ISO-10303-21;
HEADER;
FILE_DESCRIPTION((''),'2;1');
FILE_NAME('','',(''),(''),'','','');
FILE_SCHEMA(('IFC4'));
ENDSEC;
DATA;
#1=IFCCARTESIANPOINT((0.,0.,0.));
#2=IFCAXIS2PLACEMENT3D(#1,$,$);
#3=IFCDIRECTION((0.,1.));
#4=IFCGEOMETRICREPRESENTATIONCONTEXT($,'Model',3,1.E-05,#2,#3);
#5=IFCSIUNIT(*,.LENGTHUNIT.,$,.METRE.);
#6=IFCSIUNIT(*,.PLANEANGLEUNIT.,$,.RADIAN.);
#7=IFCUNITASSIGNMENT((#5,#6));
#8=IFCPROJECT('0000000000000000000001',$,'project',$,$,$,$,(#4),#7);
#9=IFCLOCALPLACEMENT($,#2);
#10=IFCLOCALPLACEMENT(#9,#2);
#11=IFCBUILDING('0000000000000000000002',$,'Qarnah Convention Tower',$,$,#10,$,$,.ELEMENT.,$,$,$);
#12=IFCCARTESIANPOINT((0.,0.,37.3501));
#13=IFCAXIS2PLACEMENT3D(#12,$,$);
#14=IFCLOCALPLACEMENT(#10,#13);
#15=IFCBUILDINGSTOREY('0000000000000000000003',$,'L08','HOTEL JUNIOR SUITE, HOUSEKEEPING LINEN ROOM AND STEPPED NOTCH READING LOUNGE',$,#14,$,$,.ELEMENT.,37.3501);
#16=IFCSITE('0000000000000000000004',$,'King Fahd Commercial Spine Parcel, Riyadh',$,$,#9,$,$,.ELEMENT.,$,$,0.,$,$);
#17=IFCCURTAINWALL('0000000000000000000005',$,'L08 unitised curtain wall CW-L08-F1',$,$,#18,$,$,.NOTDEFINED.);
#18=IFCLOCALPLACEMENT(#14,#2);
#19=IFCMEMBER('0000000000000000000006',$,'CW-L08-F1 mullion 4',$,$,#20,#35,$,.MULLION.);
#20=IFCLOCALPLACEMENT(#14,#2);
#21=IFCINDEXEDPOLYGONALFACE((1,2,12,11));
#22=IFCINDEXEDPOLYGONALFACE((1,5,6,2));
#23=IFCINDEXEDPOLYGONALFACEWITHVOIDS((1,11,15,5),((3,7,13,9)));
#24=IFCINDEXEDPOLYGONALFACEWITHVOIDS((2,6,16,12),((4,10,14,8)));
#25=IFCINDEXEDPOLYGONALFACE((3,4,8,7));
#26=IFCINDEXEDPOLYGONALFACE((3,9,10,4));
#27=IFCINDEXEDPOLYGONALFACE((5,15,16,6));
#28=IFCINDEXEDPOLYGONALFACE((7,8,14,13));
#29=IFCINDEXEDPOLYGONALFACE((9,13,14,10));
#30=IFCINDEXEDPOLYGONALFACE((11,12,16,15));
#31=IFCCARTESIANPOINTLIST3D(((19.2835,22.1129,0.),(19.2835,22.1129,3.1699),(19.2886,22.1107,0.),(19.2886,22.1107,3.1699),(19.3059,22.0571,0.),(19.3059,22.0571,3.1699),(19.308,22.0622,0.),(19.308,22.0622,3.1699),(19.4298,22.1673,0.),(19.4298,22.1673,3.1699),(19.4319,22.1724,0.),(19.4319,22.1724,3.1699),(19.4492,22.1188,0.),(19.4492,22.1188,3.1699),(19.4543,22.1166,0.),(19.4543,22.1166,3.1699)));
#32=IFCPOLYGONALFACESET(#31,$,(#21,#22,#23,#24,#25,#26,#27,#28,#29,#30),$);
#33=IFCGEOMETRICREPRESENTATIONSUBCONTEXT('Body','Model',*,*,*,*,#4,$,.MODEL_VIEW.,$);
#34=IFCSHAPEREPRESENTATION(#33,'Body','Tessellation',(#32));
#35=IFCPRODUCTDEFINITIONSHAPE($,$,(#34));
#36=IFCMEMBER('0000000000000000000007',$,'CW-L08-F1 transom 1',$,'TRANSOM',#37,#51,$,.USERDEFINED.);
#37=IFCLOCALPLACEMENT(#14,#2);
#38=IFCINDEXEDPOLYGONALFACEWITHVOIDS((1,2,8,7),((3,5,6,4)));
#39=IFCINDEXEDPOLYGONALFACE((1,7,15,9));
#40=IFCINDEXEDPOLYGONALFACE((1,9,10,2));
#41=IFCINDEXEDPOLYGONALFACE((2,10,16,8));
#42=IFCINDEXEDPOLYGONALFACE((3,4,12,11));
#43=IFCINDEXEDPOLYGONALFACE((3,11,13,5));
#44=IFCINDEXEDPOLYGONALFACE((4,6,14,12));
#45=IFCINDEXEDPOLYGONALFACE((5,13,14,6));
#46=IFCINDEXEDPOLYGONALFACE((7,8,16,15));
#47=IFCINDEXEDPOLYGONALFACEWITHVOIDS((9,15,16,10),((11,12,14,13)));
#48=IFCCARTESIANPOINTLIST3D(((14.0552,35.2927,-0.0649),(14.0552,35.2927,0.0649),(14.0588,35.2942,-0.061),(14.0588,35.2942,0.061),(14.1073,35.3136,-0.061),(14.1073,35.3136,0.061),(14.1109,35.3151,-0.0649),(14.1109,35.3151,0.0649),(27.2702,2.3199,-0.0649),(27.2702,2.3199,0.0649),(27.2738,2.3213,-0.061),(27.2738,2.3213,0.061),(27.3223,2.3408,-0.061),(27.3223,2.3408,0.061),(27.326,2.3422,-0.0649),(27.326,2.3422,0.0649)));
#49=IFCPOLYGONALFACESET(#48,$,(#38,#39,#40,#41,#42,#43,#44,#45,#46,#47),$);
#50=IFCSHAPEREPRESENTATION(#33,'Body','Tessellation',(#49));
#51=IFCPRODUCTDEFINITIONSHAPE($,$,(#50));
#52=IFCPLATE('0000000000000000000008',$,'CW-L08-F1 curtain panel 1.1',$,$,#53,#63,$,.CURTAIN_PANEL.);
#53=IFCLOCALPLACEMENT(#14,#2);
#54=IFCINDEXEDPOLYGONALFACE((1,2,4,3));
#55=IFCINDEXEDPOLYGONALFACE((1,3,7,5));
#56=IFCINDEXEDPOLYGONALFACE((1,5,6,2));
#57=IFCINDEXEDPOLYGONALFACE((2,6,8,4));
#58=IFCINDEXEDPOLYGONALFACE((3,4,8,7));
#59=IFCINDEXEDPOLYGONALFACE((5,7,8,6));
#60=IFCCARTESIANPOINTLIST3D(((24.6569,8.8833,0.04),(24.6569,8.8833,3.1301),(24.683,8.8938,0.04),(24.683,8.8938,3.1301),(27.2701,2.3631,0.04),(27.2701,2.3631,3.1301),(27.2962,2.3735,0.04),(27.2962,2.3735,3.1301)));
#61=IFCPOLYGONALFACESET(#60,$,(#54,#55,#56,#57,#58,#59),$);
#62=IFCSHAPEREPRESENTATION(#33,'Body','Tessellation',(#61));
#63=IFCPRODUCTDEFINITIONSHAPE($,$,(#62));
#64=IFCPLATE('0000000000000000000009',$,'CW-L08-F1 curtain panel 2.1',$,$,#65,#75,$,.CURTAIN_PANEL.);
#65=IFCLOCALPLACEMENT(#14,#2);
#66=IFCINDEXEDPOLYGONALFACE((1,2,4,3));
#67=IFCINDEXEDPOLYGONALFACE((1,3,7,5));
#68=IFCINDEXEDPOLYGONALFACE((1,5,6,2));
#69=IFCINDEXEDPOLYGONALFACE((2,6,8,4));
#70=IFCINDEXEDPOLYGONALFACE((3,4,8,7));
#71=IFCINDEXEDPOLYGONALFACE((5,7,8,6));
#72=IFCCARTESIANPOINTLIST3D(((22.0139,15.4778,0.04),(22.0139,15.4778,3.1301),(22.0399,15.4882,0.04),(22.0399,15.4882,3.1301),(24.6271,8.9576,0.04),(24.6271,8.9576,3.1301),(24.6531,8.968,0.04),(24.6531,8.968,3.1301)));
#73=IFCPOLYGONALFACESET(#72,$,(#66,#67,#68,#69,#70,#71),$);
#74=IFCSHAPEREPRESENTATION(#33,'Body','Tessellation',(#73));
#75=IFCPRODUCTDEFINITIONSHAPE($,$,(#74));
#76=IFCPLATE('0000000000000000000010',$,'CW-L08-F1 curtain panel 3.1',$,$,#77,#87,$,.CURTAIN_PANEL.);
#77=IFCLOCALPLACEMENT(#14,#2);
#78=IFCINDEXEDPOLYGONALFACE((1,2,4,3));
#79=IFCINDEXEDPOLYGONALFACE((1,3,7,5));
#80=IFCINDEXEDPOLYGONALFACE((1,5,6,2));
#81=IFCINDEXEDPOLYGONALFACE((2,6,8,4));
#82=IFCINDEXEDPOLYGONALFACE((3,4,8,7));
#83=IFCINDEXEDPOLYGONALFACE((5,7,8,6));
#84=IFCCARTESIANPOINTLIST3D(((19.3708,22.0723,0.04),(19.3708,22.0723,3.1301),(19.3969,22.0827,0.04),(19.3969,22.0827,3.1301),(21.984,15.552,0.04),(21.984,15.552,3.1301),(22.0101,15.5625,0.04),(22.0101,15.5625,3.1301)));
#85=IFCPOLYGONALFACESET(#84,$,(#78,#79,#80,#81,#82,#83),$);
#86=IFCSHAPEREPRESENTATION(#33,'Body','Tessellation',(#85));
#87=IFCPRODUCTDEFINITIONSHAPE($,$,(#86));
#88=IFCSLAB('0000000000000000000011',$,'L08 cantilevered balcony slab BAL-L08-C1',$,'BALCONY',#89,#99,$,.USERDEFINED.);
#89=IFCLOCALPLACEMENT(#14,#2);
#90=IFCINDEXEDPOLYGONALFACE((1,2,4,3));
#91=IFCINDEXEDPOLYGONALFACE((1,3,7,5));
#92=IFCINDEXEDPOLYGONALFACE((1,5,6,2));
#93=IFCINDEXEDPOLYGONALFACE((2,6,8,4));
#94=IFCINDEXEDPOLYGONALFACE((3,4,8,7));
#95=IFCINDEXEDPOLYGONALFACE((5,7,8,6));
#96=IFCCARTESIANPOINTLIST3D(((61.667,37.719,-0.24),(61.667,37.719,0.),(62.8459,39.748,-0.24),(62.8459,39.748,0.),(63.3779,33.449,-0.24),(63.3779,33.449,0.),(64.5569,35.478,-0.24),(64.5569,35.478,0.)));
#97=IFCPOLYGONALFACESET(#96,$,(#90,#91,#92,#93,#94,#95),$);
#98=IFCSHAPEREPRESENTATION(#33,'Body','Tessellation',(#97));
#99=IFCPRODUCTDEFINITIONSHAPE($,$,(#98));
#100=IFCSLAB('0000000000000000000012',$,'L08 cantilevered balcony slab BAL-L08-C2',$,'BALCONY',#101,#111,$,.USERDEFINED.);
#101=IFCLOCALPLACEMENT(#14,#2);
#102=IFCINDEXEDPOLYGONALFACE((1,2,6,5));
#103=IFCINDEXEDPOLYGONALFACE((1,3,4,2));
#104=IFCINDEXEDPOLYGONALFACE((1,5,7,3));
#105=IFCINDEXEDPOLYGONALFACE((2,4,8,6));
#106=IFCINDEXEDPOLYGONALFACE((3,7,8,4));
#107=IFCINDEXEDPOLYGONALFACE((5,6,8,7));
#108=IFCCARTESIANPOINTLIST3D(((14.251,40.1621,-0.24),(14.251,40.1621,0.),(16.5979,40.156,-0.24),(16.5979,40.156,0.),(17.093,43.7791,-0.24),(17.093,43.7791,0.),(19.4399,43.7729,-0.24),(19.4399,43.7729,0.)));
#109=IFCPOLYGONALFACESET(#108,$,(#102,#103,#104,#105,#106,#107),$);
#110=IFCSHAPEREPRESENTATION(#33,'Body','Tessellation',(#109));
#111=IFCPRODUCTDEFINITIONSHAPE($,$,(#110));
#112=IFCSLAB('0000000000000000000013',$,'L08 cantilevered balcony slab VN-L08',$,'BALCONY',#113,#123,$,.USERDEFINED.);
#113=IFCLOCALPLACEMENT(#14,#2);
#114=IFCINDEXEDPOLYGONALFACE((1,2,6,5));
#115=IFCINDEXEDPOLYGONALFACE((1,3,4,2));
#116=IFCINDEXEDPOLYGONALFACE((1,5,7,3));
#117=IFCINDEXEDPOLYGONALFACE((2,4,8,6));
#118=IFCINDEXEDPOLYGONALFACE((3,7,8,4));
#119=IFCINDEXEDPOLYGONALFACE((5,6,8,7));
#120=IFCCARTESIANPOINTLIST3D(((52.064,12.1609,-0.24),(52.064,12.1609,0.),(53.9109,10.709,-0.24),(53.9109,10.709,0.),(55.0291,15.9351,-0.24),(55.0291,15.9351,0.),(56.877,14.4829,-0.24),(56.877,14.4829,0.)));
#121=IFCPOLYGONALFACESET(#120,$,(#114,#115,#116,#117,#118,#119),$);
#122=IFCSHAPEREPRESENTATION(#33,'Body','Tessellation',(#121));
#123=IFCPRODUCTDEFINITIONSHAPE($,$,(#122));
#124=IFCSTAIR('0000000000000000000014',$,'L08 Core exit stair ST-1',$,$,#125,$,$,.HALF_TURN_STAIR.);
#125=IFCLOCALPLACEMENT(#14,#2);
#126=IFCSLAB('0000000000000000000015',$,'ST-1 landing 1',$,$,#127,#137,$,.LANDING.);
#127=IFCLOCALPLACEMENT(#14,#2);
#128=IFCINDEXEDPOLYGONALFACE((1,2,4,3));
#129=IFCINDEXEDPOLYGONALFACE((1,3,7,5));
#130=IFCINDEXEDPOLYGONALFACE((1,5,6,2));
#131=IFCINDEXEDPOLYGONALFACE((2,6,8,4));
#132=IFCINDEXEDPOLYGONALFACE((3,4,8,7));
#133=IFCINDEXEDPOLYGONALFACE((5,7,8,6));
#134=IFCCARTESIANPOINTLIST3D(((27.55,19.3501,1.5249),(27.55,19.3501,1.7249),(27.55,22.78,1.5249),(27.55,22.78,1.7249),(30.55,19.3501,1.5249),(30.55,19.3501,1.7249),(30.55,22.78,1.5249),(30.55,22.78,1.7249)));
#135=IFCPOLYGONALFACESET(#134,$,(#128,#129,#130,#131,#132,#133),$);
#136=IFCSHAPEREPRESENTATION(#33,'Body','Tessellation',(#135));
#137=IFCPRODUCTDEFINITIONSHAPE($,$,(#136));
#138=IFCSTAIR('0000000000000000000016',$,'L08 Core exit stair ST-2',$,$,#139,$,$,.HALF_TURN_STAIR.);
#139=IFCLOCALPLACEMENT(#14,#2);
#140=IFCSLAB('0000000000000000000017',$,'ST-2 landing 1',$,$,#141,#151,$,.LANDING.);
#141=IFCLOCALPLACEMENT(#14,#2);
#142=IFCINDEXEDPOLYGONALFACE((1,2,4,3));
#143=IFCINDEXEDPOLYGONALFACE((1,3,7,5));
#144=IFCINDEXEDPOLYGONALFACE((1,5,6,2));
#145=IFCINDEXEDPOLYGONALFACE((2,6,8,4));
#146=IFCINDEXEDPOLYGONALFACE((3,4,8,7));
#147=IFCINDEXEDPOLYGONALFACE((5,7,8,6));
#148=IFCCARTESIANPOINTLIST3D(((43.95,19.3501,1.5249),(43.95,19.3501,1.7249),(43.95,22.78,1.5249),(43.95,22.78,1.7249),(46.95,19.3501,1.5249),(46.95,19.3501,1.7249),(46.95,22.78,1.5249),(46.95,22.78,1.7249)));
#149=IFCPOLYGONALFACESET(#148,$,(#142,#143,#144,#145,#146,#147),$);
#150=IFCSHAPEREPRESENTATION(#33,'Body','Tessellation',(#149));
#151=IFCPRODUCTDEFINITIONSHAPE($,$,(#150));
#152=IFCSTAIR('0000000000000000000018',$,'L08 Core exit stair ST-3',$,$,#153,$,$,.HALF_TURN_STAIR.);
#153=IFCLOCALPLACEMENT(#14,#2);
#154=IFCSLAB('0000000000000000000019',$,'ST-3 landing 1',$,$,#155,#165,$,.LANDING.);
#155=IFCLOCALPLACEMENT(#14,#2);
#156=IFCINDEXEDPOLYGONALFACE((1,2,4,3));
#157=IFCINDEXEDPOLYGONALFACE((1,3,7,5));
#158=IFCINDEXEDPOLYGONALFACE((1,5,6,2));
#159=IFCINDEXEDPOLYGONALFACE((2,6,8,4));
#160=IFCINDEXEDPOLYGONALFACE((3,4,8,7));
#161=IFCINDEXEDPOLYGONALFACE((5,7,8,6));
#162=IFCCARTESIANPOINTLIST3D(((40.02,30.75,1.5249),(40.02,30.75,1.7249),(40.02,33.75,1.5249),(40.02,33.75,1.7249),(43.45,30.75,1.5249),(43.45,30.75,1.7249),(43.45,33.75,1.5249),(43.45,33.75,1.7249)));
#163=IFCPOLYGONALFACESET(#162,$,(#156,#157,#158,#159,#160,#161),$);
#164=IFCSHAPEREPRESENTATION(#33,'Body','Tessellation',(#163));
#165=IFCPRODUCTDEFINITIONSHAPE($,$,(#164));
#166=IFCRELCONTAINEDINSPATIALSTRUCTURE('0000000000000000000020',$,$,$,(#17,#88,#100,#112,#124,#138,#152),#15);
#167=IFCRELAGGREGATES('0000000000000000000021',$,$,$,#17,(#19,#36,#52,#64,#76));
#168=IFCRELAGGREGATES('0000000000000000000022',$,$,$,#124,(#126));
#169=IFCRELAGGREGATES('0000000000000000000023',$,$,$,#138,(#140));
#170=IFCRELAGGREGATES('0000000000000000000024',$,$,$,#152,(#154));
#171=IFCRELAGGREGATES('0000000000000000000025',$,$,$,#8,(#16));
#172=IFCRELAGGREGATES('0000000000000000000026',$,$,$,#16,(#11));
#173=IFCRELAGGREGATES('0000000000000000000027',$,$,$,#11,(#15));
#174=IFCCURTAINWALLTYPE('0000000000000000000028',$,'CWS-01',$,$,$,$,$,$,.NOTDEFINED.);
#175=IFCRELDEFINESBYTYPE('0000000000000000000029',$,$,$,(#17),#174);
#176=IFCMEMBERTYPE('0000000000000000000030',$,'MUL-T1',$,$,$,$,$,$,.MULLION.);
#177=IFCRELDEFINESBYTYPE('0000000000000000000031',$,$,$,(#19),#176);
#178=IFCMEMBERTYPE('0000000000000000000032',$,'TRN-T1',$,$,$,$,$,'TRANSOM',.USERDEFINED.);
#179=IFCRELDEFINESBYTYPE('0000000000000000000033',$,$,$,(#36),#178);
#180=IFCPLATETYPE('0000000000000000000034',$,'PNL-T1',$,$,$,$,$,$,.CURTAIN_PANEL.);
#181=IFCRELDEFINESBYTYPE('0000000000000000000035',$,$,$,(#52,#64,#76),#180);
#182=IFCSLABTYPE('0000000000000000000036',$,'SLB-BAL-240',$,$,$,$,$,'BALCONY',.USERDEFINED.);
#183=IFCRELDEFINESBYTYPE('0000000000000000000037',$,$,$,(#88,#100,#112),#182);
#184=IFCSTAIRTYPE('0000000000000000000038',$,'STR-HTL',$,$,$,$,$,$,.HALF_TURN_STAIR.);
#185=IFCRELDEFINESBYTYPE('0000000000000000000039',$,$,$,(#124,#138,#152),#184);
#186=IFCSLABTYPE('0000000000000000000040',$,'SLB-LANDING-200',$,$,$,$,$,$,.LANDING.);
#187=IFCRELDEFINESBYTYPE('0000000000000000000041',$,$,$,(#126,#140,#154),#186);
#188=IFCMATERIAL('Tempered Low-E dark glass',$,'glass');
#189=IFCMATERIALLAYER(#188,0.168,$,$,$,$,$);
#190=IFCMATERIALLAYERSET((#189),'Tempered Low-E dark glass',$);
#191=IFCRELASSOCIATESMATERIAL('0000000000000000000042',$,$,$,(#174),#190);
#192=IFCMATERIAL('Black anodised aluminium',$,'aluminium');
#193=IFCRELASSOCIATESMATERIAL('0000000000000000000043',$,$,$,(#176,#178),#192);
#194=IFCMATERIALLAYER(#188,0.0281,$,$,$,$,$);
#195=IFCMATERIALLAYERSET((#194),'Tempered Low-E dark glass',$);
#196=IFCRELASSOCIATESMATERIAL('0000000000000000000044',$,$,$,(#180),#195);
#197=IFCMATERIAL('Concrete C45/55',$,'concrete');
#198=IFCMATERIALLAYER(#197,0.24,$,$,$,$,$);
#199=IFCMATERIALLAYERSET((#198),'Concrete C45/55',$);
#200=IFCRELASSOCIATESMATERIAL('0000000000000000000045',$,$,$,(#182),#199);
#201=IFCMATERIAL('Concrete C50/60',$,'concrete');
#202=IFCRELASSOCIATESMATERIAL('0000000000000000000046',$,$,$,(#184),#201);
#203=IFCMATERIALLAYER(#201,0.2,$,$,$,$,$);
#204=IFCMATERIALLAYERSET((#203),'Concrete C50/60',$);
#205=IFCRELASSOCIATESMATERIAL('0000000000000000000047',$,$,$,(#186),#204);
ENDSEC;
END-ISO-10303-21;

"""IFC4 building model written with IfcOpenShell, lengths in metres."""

from ifc_helpers import new_model, si_unit, direction, frame, origin, origin_2d, place, context, subcontext, project, spatial, polyline, rectangle, hollow_rectangle, outline, extrude, material, layer, layer_set, material_profile, profile_set, type_object, element, aggregate, save


model = new_model("IFC4")

# Units and contexts
model_context = context("Model", 3, precision=1e-05, world=origin(), true_north=direction((0.0, 1.0)))
body_context = subcontext(model_context, "Body", "Model", "MODEL_VIEW")
ifc_project = project(units=[si_unit("LENGTHUNIT", "METRE"), si_unit("PLANEANGLEUNIT", "RADIAN")], contexts=[model_context])

# Site, building, storey
site_placement = place(None, origin())
site = spatial("IfcSite", under=ifc_project, at=site_placement, Name="King Fahd Commercial Spine Parcel, Riyadh", CompositionType="ELEMENT", RefElevation=0.0)
building_placement = place(site_placement, origin())
building = spatial("IfcBuilding", under=site, at=building_placement, Name="Qarnah Convention Tower", CompositionType="ELEMENT")
storey_placement = place(building_placement, frame((0.0, 0.0, 37.3501)))
storey = spatial("IfcBuildingStorey", under=building, at=storey_placement, Name="L08", Description="HOTEL JUNIOR SUITE, HOUSEKEEPING LINEN ROOM AND STEPPED NOTCH READING LOUNGE", CompositionType="ELEMENT", Elevation=37.3501)

# Curtain wall, members, plates
ifc_material_1 = material(Name="Tempered Low-E dark glass", Category="glass")
ifc_layer_1 = layer(ifc_material_1, 0.168)
ifc_layer_set_1 = layer_set([ifc_layer_1], Name="Tempered Low-E dark glass")
curtain_wall_type = type_object("IfcCurtainWallType", Name="CWS-01", PredefinedType="NOTDEFINED", material=ifc_layer_set_1)
curtain_wall_placement = place(storey_placement, origin())
curtain_wall = element("IfcCurtainWall", 1, at=curtain_wall_placement, inside=storey, type_object=curtain_wall_type, Name="L08 unitised curtain wall CW-L08-F1", PredefinedType="NOTDEFINED")
ifc_material_2 = material(Name="Black anodised aluminium", Category="aluminium")
ifc_material_profile_1 = material_profile(ifc_material_2, hollow_rectangle(XDim=0.0601, YDim=0.1599, WallThickness=0.0039, at=origin_2d()), Name="MUL-60X160")
ifc_profile_set_1 = profile_set([ifc_material_profile_1], Name="Black anodised aluminium")
member_type_1 = type_object("IfcMemberType", Name="MUL-T1", PredefinedType="MULLION", material=ifc_profile_set_1)
member_1_placement = place(storey_placement, frame((19.3689, 22.1147, 0.0), z_axis=(0.0, 0.0, 1.0), x_axis=(-0.372017, 0.928226, 0.0)))
member_1 = element("IfcMember", 2, at=member_1_placement, type_object=member_type_1, Name="CW-L08-F1 mullion 4", PredefinedType="MULLION", context=body_context, shape_type="SweptSolid", body=[
    extrude(hollow_rectangle(XDim=0.0601, YDim=0.1599, WallThickness=0.0039, at=origin_2d()), origin(), (0.0, 0.0, 1.0), 3.1699),
])
ifc_material_profile_2 = material_profile(ifc_material_2, hollow_rectangle(XDim=0.0601, YDim=0.1299, WallThickness=0.0039, at=origin_2d()), Name="TRN-60X130")
ifc_profile_set_2 = profile_set([ifc_material_profile_2], Name="Black anodised aluminium")
member_type_2 = type_object("IfcMemberType", Name="TRN-T1", ElementType="TRANSOM", PredefinedType="USERDEFINED", material=ifc_profile_set_2)
member_2_placement = place(storey_placement, frame((27.2981, 2.3311, 0.0), z_axis=(-0.37202, 0.928225, 0.0), x_axis=(-0.928225, -0.37202, 0.0)))
member_2 = element("IfcMember", 3, at=member_2_placement, type_object=member_type_2, Name="CW-L08-F1 transom 1", ObjectType="TRANSOM", PredefinedType="USERDEFINED", context=body_context, shape_type="SweptSolid", body=[
    extrude(hollow_rectangle(XDim=0.0601, YDim=0.1299, WallThickness=0.0039, at=origin_2d()), origin(), (0.0, 0.0, 1.0), 35.5225),
])
ifc_layer_2 = layer(ifc_material_1, 0.0281)
ifc_layer_set_2 = layer_set([ifc_layer_2], Name="Tempered Low-E dark glass")
plate_type = type_object("IfcPlateType", Name="PNL-T1", PredefinedType="CURTAIN_PANEL", material=ifc_layer_set_2)
plate_1_placement = place(storey_placement, frame((25.9766, 5.6284, 0.04), z_axis=(0.0, 0.0, 1.0), x_axis=(-0.372017, 0.928226, 0.0)))
plate_1 = element("IfcPlate", 4, at=plate_1_placement, type_object=plate_type, Name="CW-L08-F1 curtain panel 1.1", PredefinedType="CURTAIN_PANEL", context=body_context, shape_type="SweptSolid", body=[
    extrude(rectangle(XDim=7.0244, YDim=0.0281, at=origin_2d()), origin(), (0.0, 0.0, 1.0), 3.0901),
])
plate_2_placement = place(storey_placement, frame((23.3335, 12.2229, 0.04), z_axis=(0.0, 0.0, 1.0), x_axis=(-0.372017, 0.928226, 0.0)))
plate_2 = element("IfcPlate", 5, at=plate_2_placement, type_object=plate_type, Name="CW-L08-F1 curtain panel 2.1", PredefinedType="CURTAIN_PANEL", context=body_context, shape_type="SweptSolid", body=[
    extrude(rectangle(XDim=7.0244, YDim=0.0281, at=origin_2d()), origin(), (0.0, 0.0, 1.0), 3.0901),
])
plate_3_placement = place(storey_placement, frame((20.6904, 18.8174, 0.04), z_axis=(0.0, 0.0, 1.0), x_axis=(-0.372017, 0.928226, 0.0)))
plate_3 = element("IfcPlate", 6, at=plate_3_placement, type_object=plate_type, Name="CW-L08-F1 curtain panel 3.1", PredefinedType="CURTAIN_PANEL", context=body_context, shape_type="SweptSolid", body=[
    extrude(rectangle(XDim=7.0244, YDim=0.0281, at=origin_2d()), origin(), (0.0, 0.0, 1.0), 3.0901),
])
aggregate(curtain_wall, [member_1, member_2, plate_1, plate_2, plate_3])

# Slabs
ifc_material_3 = material(Name="Concrete C45/55", Category="concrete")
ifc_layer_3 = layer(ifc_material_3, 0.24)
ifc_layer_set_3 = layer_set([ifc_layer_3], Name="Concrete C45/55")
slab_type_1 = type_object("IfcSlabType", Name="SLB-BAL-240", ElementType="BALCONY", PredefinedType="USERDEFINED", material=ifc_layer_set_3)
slab_1_placement = place(storey_placement, frame((0.0, 0.0, -0.24)))
element("IfcSlab", 7, at=slab_1_placement, inside=storey, type_object=slab_type_1, Name="L08 cantilevered balcony slab BAL-L08-C1", ObjectType="BALCONY", PredefinedType="USERDEFINED", context=body_context, shape_type="SweptSolid", body=[
    extrude(outline(polyline([(62.8459, 39.748), (64.5569, 35.478), (63.3779, 33.449), (61.667, 37.719), (62.8459, 39.748)])), origin(), (0.0, 0.0, 1.0), 0.24),
])
slab_2_placement = place(storey_placement, frame((0.0, 0.0, -0.24)))
element("IfcSlab", 8, at=slab_2_placement, inside=storey, type_object=slab_type_1, Name="L08 cantilevered balcony slab BAL-L08-C2", ObjectType="BALCONY", PredefinedType="USERDEFINED", context=body_context, shape_type="SweptSolid", body=[
    extrude(outline(polyline([(14.251, 40.1621), (17.093, 43.7791), (19.4399, 43.7729), (16.5979, 40.156), (14.251, 40.1621)])), origin(), (0.0, 0.0, 1.0), 0.24),
])
slab_3_placement = place(storey_placement, frame((0.0, 0.0, -0.24)))
element("IfcSlab", 9, at=slab_3_placement, inside=storey, type_object=slab_type_1, Name="L08 cantilevered balcony slab VN-L08", ObjectType="BALCONY", PredefinedType="USERDEFINED", context=body_context, shape_type="SweptSolid", body=[
    extrude(outline(polyline([(55.0291, 15.9351), (56.877, 14.4829), (53.9109, 10.709), (52.064, 12.1609), (55.0291, 15.9351)])), origin(), (0.0, 0.0, 1.0), 0.24),
])

# Stairs, slabs
ifc_material_4 = material(Name="Concrete C50/60", Category="concrete")
stair_type = type_object("IfcStairType", Name="STR-HTL", PredefinedType="HALF_TURN_STAIR", material=ifc_material_4)
stair_1_placement = place(storey_placement, origin())
stair_1 = element("IfcStair", 10, at=stair_1_placement, inside=storey, type_object=stair_type, Name="L08 Core exit stair ST-1", PredefinedType="HALF_TURN_STAIR")
ifc_layer_4 = layer(ifc_material_4, 0.2)
ifc_layer_set_4 = layer_set([ifc_layer_4], Name="Concrete C50/60")
slab_type_2 = type_object("IfcSlabType", Name="SLB-LANDING-200", PredefinedType="LANDING", material=ifc_layer_set_4)
slab_4_placement = place(storey_placement, frame((0.0, 0.0, 1.5249)))
slab_4 = element("IfcSlab", 11, at=slab_4_placement, type_object=slab_type_2, Name="ST-1 landing 1", PredefinedType="LANDING", context=body_context, shape_type="SweptSolid", body=[
    extrude(outline(polyline([(27.55, 22.78), (27.55, 19.3501), (30.55, 19.3501), (30.55, 22.78), (27.55, 22.78)])), origin(), (0.0, 0.0, 1.0), 0.2),
])
aggregate(stair_1, [slab_4])
stair_2_placement = place(storey_placement, origin())
stair_2 = element("IfcStair", 12, at=stair_2_placement, inside=storey, type_object=stair_type, Name="L08 Core exit stair ST-2", PredefinedType="HALF_TURN_STAIR")
slab_5_placement = place(storey_placement, frame((0.0, 0.0, 1.5249)))
slab_5 = element("IfcSlab", 13, at=slab_5_placement, type_object=slab_type_2, Name="ST-2 landing 1", PredefinedType="LANDING", context=body_context, shape_type="SweptSolid", body=[
    extrude(outline(polyline([(43.95, 22.78), (43.95, 19.3501), (46.95, 19.3501), (46.95, 22.78), (43.95, 22.78)])), origin(), (0.0, 0.0, 1.0), 0.2),
])
aggregate(stair_2, [slab_5])
stair_3_placement = place(storey_placement, origin())
stair_3 = element("IfcStair", 14, at=stair_3_placement, inside=storey, type_object=stair_type, Name="L08 Core exit stair ST-3", PredefinedType="HALF_TURN_STAIR")
slab_6_placement = place(storey_placement, frame((0.0, 0.0, 1.5249)))
slab_6 = element("IfcSlab", 15, at=slab_6_placement, type_object=slab_type_2, Name="ST-3 landing 1", PredefinedType="LANDING", context=body_context, shape_type="SweptSolid", body=[
    extrude(outline(polyline([(40.02, 30.75), (43.45, 30.75), (43.45, 33.75), (40.02, 33.75), (40.02, 30.75)])), origin(), (0.0, 0.0, 1.0), 0.2),
])
aggregate(stair_3, [slab_6])

save(model, "model.ifc")
